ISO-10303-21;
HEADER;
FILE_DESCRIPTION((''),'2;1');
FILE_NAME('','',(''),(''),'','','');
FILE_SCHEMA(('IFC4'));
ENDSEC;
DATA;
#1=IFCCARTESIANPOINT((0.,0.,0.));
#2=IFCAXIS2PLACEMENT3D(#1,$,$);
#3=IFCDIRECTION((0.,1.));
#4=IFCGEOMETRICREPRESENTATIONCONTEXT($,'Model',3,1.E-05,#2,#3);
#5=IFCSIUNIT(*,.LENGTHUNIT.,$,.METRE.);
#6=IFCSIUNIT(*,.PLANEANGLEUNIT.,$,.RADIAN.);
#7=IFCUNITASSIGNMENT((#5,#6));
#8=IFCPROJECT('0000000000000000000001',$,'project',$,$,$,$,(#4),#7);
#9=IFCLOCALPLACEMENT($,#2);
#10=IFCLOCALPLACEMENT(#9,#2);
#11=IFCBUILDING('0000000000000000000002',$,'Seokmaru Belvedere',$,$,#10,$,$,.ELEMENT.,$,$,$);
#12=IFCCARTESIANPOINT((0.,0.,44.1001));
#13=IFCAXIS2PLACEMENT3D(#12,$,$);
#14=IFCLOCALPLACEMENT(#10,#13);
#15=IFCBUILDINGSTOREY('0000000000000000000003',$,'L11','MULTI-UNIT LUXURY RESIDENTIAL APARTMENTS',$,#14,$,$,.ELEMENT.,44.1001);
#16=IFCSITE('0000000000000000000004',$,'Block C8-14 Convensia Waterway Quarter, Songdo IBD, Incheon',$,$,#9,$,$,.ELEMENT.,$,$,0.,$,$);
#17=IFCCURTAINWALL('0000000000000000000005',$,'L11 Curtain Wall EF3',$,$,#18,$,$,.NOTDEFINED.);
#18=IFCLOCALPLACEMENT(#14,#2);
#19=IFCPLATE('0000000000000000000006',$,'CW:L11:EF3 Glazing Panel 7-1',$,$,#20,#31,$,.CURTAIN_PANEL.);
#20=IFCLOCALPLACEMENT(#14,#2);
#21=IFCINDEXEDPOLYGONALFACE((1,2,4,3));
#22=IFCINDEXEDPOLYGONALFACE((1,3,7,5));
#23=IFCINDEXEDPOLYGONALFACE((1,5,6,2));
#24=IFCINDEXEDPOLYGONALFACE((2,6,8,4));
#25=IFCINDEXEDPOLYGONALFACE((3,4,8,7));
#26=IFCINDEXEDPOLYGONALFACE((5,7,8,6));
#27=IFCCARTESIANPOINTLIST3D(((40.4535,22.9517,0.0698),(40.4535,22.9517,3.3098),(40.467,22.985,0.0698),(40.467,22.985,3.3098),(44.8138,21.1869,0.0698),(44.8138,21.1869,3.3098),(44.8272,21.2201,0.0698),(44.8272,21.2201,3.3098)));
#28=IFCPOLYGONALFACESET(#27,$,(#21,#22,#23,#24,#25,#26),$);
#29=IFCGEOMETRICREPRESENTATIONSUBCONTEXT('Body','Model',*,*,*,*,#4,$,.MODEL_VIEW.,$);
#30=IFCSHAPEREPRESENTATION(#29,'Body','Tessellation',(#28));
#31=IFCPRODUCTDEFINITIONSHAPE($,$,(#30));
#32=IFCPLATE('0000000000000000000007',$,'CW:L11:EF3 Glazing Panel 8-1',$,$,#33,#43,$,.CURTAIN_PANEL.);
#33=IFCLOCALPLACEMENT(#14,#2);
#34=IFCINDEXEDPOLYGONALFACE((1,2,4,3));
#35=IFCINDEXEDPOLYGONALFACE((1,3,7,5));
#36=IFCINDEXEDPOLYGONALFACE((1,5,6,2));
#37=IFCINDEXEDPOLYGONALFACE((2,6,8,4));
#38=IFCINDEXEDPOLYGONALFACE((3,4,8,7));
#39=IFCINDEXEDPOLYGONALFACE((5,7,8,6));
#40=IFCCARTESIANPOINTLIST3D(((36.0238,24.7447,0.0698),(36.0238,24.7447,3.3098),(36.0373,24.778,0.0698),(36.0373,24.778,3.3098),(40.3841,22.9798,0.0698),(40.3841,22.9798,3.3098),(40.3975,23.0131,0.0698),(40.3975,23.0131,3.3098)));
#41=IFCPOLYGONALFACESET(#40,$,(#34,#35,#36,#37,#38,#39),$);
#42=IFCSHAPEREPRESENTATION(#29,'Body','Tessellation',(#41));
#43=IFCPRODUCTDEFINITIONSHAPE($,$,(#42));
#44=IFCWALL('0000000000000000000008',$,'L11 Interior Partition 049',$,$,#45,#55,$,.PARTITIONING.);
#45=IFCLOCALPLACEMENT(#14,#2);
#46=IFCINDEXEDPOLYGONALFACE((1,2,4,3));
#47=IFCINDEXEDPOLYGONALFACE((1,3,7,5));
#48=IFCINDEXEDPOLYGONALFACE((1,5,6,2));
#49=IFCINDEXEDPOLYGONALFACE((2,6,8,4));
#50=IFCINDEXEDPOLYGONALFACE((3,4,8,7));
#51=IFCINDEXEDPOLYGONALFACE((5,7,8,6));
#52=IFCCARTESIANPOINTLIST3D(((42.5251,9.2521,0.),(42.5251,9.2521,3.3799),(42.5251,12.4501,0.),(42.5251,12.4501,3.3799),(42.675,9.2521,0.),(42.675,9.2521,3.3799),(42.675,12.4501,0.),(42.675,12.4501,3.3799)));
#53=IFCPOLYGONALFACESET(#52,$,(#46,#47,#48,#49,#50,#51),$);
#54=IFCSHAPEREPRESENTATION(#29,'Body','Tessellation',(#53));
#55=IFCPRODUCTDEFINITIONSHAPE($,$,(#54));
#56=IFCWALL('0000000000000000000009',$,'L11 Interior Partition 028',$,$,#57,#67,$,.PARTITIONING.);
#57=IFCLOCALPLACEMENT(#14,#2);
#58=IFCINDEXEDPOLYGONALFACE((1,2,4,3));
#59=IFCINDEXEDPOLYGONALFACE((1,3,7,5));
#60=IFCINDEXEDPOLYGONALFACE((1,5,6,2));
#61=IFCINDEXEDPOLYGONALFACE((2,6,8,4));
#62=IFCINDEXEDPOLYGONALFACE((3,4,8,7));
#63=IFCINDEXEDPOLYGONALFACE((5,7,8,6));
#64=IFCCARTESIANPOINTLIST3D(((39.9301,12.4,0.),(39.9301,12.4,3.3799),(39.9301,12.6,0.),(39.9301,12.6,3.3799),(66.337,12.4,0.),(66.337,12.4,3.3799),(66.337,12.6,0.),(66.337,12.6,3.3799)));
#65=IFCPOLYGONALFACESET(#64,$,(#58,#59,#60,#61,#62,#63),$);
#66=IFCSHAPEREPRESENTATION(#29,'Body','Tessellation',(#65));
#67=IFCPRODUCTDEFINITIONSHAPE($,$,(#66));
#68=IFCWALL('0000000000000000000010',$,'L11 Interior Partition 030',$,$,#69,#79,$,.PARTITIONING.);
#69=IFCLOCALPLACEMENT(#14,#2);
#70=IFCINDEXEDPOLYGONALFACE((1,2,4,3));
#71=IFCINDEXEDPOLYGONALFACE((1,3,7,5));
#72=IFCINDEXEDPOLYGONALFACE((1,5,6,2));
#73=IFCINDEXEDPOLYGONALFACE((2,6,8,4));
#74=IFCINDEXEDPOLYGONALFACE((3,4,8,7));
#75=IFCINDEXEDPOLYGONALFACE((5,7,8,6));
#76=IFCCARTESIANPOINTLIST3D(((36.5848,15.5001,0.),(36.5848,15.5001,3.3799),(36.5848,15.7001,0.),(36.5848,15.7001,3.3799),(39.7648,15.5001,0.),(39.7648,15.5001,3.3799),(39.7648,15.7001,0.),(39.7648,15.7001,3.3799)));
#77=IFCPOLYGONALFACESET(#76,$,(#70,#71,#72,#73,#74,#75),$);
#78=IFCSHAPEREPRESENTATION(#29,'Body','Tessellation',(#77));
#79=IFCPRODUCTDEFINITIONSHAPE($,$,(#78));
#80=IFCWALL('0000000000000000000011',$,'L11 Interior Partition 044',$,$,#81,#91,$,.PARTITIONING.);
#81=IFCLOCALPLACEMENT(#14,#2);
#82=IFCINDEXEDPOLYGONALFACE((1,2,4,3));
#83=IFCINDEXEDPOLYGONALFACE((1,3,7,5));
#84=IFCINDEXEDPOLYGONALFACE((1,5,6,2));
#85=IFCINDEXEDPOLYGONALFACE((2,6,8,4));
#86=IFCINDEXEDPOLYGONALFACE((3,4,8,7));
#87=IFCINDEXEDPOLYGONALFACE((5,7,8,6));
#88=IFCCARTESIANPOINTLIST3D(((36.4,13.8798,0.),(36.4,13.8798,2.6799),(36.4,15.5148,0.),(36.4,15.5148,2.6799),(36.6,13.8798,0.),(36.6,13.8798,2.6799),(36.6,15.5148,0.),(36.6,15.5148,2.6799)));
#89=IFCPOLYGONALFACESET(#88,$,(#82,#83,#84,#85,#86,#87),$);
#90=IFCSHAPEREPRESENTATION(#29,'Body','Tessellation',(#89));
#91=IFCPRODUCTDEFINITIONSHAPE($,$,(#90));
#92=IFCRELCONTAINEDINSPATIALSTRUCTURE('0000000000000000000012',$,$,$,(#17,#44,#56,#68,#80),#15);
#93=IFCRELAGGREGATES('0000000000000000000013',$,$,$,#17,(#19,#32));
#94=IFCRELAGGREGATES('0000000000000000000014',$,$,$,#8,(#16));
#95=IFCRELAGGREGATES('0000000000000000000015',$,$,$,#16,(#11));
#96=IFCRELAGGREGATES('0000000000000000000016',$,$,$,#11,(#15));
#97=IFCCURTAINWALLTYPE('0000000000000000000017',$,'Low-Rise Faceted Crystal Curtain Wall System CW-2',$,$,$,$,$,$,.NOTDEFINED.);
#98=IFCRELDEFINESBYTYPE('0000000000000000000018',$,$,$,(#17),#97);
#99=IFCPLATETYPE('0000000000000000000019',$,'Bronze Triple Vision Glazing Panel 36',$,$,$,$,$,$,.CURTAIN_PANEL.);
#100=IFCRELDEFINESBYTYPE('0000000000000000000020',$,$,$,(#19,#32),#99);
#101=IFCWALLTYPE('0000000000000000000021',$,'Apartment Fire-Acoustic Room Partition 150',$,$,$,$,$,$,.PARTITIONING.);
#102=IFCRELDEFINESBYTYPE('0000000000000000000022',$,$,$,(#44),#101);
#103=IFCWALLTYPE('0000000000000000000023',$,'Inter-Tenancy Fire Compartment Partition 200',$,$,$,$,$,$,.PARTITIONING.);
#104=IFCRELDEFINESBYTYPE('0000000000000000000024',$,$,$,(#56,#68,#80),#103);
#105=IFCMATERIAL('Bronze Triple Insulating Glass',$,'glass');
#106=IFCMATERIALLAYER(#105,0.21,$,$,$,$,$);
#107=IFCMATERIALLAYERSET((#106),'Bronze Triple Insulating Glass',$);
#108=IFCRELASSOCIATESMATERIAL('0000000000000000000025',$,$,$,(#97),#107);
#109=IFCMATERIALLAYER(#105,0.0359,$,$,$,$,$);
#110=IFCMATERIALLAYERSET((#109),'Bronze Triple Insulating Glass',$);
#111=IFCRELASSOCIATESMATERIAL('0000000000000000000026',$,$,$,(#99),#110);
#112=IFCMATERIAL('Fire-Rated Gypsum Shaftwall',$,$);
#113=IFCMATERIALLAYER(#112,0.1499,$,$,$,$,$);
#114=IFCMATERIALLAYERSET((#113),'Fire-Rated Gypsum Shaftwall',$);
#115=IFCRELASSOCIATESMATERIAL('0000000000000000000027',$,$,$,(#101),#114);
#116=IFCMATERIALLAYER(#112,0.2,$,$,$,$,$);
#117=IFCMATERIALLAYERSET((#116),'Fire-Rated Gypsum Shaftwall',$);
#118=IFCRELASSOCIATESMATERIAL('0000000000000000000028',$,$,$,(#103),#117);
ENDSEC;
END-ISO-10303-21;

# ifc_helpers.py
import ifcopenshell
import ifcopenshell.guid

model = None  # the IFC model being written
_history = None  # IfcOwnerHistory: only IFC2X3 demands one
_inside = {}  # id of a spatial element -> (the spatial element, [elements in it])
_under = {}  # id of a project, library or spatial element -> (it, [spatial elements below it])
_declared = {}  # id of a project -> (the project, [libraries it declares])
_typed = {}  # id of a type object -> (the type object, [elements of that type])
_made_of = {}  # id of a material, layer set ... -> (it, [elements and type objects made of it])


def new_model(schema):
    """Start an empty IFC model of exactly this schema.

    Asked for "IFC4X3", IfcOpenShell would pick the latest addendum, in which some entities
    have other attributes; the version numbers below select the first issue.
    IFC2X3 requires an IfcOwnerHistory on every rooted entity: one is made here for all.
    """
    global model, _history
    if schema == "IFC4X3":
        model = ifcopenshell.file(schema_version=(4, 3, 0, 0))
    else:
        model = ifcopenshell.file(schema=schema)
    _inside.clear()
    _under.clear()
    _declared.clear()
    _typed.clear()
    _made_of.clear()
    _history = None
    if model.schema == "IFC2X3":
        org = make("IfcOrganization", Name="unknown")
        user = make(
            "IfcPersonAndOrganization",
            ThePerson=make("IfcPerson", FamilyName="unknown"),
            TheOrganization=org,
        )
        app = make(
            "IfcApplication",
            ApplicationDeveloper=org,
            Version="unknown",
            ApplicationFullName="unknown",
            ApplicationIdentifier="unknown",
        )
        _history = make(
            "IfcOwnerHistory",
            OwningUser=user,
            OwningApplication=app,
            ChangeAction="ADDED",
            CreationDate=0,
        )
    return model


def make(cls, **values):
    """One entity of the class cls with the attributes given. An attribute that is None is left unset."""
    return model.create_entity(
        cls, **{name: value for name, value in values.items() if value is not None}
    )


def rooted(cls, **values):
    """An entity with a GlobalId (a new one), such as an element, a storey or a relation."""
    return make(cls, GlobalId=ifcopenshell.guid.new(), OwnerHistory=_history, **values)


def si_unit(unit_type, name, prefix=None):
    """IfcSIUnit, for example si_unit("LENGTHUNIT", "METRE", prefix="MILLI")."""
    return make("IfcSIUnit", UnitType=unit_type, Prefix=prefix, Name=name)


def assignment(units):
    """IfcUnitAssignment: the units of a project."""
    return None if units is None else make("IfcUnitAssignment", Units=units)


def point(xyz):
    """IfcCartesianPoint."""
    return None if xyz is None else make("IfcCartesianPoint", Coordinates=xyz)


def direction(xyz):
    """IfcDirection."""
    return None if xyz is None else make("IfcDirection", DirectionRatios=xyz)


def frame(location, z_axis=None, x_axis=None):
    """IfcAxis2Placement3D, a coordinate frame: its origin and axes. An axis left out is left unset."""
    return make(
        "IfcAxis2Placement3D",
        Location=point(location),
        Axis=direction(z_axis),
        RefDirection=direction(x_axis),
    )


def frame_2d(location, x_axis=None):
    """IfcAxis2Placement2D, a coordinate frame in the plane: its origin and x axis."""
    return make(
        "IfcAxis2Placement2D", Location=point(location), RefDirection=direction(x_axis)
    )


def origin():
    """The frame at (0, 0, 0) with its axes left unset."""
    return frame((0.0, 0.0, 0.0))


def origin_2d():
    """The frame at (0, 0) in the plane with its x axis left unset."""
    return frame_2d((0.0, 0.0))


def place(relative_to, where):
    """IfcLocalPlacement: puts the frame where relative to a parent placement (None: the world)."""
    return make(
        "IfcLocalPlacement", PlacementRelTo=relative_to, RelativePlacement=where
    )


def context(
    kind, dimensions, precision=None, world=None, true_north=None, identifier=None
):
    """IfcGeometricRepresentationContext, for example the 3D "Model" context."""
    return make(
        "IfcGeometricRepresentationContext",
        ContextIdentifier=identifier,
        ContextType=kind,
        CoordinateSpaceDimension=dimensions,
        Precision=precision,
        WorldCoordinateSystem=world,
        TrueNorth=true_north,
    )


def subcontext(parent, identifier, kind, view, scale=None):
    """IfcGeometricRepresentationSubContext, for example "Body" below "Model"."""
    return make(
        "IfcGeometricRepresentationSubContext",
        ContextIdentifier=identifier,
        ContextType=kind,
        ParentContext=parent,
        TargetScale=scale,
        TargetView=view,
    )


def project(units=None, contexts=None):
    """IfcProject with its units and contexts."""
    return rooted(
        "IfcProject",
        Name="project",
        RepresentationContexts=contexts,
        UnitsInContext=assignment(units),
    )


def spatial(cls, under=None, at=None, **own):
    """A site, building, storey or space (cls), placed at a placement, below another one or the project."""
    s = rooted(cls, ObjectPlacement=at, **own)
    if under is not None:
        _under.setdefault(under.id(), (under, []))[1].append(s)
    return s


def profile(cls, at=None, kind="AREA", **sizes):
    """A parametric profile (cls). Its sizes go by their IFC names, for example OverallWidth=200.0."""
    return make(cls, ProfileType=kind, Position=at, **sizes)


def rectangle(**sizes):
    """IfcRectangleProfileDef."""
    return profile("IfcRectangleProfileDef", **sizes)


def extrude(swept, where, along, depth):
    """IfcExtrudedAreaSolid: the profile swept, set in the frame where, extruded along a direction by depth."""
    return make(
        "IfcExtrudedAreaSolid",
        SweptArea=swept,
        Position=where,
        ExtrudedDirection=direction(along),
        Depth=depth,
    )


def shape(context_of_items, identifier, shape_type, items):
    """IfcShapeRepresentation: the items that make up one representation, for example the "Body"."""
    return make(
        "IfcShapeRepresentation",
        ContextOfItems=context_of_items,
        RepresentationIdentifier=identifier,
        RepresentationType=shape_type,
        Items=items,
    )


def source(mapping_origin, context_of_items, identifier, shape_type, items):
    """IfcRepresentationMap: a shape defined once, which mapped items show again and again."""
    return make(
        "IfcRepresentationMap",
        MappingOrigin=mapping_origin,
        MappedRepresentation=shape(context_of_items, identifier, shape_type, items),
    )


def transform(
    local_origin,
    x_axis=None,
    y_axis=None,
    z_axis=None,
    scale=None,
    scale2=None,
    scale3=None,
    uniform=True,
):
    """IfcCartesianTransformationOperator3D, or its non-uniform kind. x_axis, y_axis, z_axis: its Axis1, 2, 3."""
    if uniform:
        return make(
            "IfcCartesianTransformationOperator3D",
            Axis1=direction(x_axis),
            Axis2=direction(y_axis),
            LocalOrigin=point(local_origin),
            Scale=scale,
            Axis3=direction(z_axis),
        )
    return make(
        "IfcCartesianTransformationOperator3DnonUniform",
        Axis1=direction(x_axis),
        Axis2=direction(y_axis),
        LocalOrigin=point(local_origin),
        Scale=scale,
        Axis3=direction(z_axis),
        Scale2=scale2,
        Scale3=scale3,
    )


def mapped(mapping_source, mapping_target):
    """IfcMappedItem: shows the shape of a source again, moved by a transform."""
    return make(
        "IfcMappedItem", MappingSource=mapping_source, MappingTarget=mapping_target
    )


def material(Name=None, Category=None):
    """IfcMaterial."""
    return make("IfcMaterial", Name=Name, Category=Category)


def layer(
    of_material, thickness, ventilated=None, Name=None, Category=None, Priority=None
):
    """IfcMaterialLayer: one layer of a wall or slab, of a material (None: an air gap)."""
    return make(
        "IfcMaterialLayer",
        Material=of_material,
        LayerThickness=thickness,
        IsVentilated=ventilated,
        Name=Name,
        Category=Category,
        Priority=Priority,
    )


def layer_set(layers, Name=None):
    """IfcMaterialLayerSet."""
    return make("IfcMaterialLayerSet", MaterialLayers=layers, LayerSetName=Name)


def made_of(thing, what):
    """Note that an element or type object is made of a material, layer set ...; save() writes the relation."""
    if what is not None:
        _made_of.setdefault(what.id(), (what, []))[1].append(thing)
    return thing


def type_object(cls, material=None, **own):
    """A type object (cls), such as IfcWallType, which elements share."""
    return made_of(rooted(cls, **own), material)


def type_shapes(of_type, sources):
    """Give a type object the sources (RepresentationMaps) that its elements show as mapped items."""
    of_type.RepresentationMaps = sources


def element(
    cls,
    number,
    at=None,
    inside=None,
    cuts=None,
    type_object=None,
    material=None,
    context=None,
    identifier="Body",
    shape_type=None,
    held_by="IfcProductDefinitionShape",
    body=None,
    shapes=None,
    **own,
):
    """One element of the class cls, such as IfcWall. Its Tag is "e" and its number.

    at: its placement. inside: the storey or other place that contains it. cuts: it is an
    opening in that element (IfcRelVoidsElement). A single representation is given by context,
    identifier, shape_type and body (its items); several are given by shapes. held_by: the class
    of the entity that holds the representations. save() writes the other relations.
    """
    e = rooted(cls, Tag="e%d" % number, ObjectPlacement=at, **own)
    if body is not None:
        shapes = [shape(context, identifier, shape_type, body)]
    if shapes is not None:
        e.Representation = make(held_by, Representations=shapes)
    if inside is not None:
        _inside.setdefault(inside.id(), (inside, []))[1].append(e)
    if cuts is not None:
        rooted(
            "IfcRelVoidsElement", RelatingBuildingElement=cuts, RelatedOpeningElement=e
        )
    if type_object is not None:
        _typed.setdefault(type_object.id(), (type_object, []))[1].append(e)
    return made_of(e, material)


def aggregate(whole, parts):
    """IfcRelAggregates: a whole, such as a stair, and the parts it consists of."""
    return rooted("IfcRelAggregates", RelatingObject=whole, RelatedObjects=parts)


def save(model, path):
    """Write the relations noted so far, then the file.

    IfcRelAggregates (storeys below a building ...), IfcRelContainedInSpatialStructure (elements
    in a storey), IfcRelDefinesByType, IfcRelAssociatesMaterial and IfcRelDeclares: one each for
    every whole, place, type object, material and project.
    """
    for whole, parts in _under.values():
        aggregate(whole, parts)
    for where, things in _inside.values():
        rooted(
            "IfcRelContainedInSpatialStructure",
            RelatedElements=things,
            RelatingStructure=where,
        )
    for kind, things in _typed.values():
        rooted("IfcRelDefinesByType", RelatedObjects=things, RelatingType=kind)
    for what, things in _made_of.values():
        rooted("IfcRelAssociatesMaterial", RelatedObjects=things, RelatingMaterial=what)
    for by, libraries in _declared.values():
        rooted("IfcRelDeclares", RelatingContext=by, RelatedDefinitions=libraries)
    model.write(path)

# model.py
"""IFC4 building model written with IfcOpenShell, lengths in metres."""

from ifc_helpers import new_model, si_unit, direction, frame, frame_2d, origin, origin_2d, place, context, subcontext, project, spatial, rectangle, extrude, source, transform, mapped, material, layer, layer_set, type_object, type_shapes, element, aggregate, save


model = new_model("IFC4")

# Units and contexts
model_context = context("Model", 3, precision=1e-05, world=origin(), true_north=direction((0.0, 1.0)))
body_context = subcontext(model_context, "Body", "Model", "MODEL_VIEW")
ifc_project = project(units=[si_unit("LENGTHUNIT", "METRE"), si_unit("PLANEANGLEUNIT", "RADIAN")], contexts=[model_context])

# Site, building, storey
site_placement = place(None, origin())
site = spatial("IfcSite", under=ifc_project, at=site_placement, Name="Block C8-14 Convensia Waterway Quarter, Songdo IBD, Incheon", CompositionType="ELEMENT", RefElevation=0.0)
building_placement = place(site_placement, origin())
building = spatial("IfcBuilding", under=site, at=building_placement, Name="Seokmaru Belvedere", CompositionType="ELEMENT")
storey_placement = place(building_placement, frame((0.0, 0.0, 44.1001)))
storey = spatial("IfcBuildingStorey", under=building, at=storey_placement, Name="L11", Description="MULTI-UNIT LUXURY RESIDENTIAL APARTMENTS", CompositionType="ELEMENT", Elevation=44.1001)

# Curtain wall, plates
ifc_material_1 = material(Name="Bronze Triple Insulating Glass", Category="glass")
ifc_layer_1 = layer(ifc_material_1, 0.21)
ifc_layer_set_1 = layer_set([ifc_layer_1], Name="Bronze Triple Insulating Glass")
curtain_wall_type = type_object("IfcCurtainWallType", Name="Low-Rise Faceted Crystal Curtain Wall System CW-2", PredefinedType="NOTDEFINED", material=ifc_layer_set_1)
curtain_wall_placement = place(storey_placement, origin())
curtain_wall = element("IfcCurtainWall", 1, at=curtain_wall_placement, inside=storey, type_object=curtain_wall_type, Name="L11 Curtain Wall EF3", PredefinedType="NOTDEFINED")
ifc_layer_2 = layer(ifc_material_1, 0.0359)
ifc_layer_set_2 = layer_set([ifc_layer_2], Name="Bronze Triple Insulating Glass")
plate_type = type_object("IfcPlateType", Name="Bronze Triple Vision Glazing Panel 36", PredefinedType="CURTAIN_PANEL", material=ifc_layer_set_2)
shared_shape_1 = source(origin(), body_context, "Body", "SweptSolid", [
    extrude(rectangle(XDim=4.7039, YDim=0.0359, at=origin_2d()), origin(), (0.0, 0.0, 1.0), 3.24),
])
type_shapes(plate_type, [shared_shape_1])
plate_1_placement = place(storey_placement, frame((42.6404, 22.0859, 0.0698), z_axis=(0.0, 0.0, 1.0), x_axis=(-0.926947, 0.375192, 0.0)))
plate_1 = element("IfcPlate", 2, at=plate_1_placement, type_object=plate_type, Name="CW:L11:EF3 Glazing Panel 7-1", PredefinedType="CURTAIN_PANEL", context=body_context, shape_type="MappedRepresentation", body=[
    mapped(shared_shape_1, transform((0.0, 0.0, 0.0), scale=1.0)),
])
plate_2_placement = place(storey_placement, frame((38.2107, 23.8789, 0.0698), z_axis=(0.0, 0.0, 1.0), x_axis=(-0.926947, 0.375192, 0.0)))
plate_2 = element("IfcPlate", 3, at=plate_2_placement, type_object=plate_type, Name="CW:L11:EF3 Glazing Panel 8-1", PredefinedType="CURTAIN_PANEL", context=body_context, shape_type="MappedRepresentation", body=[
    mapped(shared_shape_1, transform((0.0, 0.0, 0.0), scale=1.0)),
])
aggregate(curtain_wall, [plate_1, plate_2])

# Walls
ifc_material_2 = material(Name="Fire-Rated Gypsum Shaftwall")
ifc_layer_3 = layer(ifc_material_2, 0.1499)
ifc_layer_set_3 = layer_set([ifc_layer_3], Name="Fire-Rated Gypsum Shaftwall")
wall_type_1 = type_object("IfcWallType", Name="Apartment Fire-Acoustic Room Partition 150", PredefinedType="PARTITIONING", material=ifc_layer_set_3)
wall_1_placement = place(storey_placement, frame((42.6001, 9.252, 0.0), z_axis=(0.0, 0.0, 1.0), x_axis=(0.0, 1.0, 0.0)))
element("IfcWall", 4, at=wall_1_placement, inside=storey, type_object=wall_type_1, Name="L11 Interior Partition 049", PredefinedType="PARTITIONING", context=body_context, shape_type="SweptSolid", body=[
    extrude(rectangle(XDim=3.198, YDim=0.1499, at=frame_2d((1.5991, 0.0))), origin(), (0.0, 0.0, 1.0), 3.3799),
])
ifc_layer_4 = layer(ifc_material_2, 0.2)
ifc_layer_set_4 = layer_set([ifc_layer_4], Name="Fire-Rated Gypsum Shaftwall")
wall_type_2 = type_object("IfcWallType", Name="Inter-Tenancy Fire Compartment Partition 200", PredefinedType="PARTITIONING", material=ifc_layer_set_4)
wall_2_placement = place(storey_placement, frame((39.9299, 12.5, 0.0), z_axis=(0.0, 0.0, 1.0), x_axis=(1.0, 0.0, 0.0)))
element("IfcWall", 5, at=wall_2_placement, inside=storey, type_object=wall_type_2, Name="L11 Interior Partition 028", PredefinedType="PARTITIONING", context=body_context, shape_type="SweptSolid", body=[
    extrude(rectangle(XDim=26.407, YDim=0.2, at=frame_2d((13.2036, 0.0))), origin(), (0.0, 0.0, 1.0), 3.3799),
])
wall_3_placement = place(storey_placement, frame((36.585, 15.6001, 0.0), z_axis=(0.0, 0.0, 1.0), x_axis=(1.0, 0.0, 0.0)))
element("IfcWall", 6, at=wall_3_placement, inside=storey, type_object=wall_type_2, Name="L11 Interior Partition 030", PredefinedType="PARTITIONING", context=body_context, shape_type="SweptSolid", body=[
    extrude(rectangle(XDim=3.1799, YDim=0.2, at=frame_2d((1.5898, 0.0))), origin(), (0.0, 0.0, 1.0), 3.3799),
])
wall_4_placement = place(storey_placement, frame((36.5, 13.8799, 0.0), z_axis=(0.0, 0.0, 1.0), x_axis=(0.0, 1.0, 0.0)))
element("IfcWall", 7, at=wall_4_placement, inside=storey, type_object=wall_type_2, Name="L11 Interior Partition 044", PredefinedType="PARTITIONING", context=body_context, shape_type="SweptSolid", body=[
    extrude(rectangle(XDim=1.635, YDim=0.2, at=frame_2d((0.8174, 0.0))), origin(), (0.0, 0.0, 1.0), 2.6799),
])

save(model, "model.ifc")
